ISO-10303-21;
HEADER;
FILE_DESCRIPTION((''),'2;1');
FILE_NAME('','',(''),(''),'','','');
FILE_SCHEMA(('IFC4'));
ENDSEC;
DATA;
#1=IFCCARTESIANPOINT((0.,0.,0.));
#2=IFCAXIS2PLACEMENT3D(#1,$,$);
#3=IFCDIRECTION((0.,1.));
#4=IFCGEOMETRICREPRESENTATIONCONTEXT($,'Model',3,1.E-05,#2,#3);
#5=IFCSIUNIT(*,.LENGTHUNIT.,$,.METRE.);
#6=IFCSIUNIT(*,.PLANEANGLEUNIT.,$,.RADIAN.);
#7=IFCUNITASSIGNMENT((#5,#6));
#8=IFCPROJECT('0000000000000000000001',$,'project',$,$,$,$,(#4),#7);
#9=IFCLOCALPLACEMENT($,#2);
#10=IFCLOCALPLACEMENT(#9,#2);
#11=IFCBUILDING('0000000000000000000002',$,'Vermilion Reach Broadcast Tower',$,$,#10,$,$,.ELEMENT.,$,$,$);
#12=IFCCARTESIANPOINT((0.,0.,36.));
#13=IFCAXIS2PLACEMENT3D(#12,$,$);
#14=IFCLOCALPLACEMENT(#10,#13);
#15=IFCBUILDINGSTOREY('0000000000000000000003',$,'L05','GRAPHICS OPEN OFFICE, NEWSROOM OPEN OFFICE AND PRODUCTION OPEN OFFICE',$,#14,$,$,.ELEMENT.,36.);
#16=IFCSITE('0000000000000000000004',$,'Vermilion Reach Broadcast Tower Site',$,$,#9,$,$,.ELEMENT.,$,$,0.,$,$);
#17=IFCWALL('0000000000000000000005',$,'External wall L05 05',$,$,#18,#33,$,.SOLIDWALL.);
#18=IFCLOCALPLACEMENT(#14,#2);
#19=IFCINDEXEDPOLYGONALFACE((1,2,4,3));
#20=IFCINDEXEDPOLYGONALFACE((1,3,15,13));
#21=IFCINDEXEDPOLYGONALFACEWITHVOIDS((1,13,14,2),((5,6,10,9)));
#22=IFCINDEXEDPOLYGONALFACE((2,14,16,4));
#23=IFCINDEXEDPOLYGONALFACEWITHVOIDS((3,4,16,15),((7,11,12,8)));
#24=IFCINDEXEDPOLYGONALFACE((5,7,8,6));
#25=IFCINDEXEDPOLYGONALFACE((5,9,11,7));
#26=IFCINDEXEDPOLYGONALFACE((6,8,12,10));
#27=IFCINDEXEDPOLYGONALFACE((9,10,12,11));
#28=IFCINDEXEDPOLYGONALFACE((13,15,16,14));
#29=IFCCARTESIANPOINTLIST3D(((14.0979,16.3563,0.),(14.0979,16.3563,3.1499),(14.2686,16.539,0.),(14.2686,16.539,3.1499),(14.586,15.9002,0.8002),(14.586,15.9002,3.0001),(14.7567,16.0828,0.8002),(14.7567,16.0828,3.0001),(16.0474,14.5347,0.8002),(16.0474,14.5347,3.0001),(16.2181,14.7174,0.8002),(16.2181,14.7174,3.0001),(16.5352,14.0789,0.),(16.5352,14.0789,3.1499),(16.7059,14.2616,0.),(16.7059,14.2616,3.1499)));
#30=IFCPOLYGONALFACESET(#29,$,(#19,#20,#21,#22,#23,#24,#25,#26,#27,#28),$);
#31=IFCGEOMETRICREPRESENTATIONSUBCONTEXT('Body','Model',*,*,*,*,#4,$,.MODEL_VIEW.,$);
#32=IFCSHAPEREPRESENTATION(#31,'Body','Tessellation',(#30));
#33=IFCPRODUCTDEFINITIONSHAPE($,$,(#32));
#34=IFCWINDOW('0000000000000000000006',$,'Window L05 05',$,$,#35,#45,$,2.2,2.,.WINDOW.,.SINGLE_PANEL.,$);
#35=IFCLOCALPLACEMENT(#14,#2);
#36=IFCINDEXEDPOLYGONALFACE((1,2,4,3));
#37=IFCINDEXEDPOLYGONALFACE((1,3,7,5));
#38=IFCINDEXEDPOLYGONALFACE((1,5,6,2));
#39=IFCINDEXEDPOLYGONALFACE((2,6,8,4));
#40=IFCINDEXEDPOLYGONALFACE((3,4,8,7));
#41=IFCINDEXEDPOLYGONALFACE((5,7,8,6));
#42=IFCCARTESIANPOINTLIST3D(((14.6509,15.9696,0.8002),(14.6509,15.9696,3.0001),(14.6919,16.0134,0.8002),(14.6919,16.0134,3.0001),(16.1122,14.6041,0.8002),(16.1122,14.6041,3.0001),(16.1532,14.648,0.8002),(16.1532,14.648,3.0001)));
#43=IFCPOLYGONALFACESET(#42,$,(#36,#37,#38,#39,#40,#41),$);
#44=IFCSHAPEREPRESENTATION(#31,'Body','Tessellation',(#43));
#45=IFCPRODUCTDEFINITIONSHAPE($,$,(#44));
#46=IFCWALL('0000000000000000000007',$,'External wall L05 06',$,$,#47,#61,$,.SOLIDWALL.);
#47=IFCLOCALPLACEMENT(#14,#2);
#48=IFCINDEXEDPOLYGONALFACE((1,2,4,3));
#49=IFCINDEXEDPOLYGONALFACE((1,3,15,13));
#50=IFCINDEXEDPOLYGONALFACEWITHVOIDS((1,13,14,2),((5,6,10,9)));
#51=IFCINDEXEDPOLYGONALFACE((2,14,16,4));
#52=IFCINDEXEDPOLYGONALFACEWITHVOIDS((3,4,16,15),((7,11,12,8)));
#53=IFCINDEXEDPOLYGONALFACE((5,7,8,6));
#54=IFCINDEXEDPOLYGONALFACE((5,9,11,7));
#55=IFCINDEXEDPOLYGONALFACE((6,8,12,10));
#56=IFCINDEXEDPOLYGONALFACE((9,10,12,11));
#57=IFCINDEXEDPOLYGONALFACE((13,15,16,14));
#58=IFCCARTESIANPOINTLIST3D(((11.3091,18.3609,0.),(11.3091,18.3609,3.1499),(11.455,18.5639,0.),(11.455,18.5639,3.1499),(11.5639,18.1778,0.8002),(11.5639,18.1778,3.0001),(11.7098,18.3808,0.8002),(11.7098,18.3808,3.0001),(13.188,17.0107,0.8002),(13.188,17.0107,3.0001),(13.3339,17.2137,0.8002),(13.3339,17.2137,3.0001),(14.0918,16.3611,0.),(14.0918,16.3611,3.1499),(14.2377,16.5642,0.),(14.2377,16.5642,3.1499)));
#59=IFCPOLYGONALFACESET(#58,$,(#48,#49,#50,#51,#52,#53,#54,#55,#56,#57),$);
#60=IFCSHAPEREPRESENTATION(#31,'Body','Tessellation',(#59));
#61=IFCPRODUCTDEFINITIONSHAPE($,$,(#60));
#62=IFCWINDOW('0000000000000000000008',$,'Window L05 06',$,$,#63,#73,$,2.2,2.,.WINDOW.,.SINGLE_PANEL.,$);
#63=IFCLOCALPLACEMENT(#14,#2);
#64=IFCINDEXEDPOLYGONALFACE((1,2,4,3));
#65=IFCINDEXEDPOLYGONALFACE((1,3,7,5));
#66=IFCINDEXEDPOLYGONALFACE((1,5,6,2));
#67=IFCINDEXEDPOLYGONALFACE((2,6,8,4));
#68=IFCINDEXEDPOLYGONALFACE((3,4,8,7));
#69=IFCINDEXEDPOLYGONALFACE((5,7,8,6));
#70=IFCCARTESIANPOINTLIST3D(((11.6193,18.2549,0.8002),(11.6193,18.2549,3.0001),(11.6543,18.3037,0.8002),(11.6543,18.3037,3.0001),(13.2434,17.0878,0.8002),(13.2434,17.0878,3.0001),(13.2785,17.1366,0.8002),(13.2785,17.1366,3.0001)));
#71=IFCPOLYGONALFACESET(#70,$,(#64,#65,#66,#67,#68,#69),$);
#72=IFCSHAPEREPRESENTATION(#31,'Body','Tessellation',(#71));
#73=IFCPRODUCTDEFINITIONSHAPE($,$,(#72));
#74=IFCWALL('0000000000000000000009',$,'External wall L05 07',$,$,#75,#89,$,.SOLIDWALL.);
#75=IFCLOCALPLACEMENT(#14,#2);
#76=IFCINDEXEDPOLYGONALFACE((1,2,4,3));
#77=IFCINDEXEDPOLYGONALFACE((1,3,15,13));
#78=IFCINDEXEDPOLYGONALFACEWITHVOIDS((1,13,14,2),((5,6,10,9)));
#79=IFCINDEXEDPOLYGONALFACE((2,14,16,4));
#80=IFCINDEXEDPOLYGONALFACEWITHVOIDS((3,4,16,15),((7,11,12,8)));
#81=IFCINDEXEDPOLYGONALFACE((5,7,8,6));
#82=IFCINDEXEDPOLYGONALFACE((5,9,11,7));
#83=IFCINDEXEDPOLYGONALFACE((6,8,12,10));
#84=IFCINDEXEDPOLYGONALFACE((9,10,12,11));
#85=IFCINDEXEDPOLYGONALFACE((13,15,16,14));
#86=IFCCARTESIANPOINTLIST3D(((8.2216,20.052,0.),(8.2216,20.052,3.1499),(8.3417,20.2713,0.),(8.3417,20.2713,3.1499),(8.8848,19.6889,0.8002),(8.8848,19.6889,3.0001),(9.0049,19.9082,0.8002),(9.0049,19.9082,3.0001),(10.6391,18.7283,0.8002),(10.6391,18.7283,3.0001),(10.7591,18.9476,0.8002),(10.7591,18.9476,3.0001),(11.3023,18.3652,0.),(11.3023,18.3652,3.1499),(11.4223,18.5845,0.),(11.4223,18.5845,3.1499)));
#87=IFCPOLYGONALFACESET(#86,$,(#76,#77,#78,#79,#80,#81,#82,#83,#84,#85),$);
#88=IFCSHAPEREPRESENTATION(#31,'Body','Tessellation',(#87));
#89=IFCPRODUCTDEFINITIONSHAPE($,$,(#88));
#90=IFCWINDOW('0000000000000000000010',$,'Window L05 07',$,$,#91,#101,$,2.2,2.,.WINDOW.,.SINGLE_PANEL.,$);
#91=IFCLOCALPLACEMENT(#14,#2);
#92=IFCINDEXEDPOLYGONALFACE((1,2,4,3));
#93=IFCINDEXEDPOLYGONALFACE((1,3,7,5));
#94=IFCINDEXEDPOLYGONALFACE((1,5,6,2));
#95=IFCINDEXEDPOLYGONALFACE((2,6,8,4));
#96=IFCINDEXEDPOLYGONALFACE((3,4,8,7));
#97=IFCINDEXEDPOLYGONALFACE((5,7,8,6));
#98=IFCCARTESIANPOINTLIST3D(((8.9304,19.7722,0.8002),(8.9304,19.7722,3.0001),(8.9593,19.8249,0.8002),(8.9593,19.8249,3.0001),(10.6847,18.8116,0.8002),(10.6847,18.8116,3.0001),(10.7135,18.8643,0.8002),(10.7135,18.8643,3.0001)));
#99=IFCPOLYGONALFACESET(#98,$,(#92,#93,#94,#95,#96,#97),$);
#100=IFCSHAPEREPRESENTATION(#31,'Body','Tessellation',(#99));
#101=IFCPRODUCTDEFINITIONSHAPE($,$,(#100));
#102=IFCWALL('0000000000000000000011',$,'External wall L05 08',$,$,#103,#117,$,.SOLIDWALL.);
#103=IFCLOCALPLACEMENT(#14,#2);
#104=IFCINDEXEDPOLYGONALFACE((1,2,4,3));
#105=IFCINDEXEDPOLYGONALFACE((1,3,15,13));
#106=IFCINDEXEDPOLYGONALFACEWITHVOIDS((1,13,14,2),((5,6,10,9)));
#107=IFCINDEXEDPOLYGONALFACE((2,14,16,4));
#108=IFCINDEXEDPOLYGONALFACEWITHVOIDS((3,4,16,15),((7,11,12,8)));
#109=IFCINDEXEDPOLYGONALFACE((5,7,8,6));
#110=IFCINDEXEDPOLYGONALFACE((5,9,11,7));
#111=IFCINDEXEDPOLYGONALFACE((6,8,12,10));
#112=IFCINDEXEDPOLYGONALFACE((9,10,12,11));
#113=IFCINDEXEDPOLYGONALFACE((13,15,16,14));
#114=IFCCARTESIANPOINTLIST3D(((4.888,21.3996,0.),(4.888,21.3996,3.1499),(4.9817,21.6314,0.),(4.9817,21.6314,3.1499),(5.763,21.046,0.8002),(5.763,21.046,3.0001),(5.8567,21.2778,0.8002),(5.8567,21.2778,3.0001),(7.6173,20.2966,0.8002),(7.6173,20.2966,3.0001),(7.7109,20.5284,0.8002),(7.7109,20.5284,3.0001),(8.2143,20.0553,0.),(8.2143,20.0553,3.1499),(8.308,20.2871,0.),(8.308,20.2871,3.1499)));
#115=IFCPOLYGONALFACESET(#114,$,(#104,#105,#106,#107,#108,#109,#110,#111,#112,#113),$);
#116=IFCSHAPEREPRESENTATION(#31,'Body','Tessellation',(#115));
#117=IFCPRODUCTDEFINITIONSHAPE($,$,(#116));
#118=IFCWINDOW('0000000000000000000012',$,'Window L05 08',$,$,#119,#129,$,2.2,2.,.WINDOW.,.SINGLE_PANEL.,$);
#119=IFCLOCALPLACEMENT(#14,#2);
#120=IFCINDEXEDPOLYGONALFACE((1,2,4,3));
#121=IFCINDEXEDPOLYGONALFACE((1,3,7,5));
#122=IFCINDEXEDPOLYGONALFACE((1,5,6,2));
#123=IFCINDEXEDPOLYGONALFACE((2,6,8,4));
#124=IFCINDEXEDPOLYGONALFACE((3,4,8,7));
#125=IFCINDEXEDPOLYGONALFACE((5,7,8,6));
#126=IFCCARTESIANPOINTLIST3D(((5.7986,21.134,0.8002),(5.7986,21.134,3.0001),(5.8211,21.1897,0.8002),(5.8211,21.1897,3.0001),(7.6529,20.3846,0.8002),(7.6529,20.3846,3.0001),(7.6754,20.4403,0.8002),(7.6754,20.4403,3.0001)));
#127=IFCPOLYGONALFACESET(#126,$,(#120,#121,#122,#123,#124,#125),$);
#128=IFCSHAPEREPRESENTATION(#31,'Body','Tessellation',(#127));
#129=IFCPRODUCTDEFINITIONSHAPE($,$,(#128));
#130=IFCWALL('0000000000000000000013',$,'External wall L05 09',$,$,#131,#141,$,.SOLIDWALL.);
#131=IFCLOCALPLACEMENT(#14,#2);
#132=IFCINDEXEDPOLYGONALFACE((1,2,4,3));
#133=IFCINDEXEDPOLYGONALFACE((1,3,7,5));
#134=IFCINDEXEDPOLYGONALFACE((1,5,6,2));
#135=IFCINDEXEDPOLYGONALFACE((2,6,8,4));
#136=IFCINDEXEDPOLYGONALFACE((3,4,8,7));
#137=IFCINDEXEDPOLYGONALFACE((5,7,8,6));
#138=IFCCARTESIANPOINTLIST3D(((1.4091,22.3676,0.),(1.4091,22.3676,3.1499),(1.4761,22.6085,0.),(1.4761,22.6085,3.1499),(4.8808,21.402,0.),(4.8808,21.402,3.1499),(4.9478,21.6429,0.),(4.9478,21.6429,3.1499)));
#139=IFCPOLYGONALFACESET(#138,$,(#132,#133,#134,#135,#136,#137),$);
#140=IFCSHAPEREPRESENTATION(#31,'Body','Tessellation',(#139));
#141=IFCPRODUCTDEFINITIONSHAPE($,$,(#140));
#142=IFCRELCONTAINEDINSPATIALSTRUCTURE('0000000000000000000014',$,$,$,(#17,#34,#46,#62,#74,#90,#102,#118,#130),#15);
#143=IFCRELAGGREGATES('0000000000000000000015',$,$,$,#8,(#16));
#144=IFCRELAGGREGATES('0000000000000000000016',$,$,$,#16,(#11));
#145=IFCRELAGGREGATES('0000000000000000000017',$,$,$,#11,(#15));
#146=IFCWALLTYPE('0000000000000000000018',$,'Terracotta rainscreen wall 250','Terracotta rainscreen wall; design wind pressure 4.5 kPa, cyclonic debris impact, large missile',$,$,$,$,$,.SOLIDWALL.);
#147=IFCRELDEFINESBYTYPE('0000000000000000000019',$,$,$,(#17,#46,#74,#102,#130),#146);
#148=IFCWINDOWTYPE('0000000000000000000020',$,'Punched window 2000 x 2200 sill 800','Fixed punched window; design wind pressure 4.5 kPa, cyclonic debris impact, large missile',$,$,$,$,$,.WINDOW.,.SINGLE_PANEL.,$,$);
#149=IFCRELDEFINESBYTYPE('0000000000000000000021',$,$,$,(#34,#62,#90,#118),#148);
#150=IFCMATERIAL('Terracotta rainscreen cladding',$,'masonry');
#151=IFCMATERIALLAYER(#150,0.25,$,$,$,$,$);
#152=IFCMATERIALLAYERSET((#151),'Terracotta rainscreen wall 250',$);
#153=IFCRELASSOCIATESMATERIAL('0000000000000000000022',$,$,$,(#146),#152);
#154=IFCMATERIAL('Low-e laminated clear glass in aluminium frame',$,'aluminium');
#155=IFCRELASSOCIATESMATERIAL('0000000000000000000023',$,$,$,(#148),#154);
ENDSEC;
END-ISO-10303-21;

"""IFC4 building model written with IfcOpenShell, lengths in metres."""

from ifc_helpers import new_model, si_unit, direction, frame, frame_2d, origin, place, context, subcontext, project, spatial, rectangle, extrude, material, layer, layer_set, type_object, element, fill, save


model = new_model("IFC4")

# Units and contexts
model_context = context("Model", 3, precision=1e-05, world=origin(), true_north=direction((0.0, 1.0)))
body_context = subcontext(model_context, "Body", "Model", "MODEL_VIEW")
ifc_project = project(units=[si_unit("LENGTHUNIT", "METRE"), si_unit("PLANEANGLEUNIT", "RADIAN")], contexts=[model_context])

# Site, building, storey
site_placement = place(None, origin())
site = spatial("IfcSite", under=ifc_project, at=site_placement, Name="Vermilion Reach Broadcast Tower Site", CompositionType="ELEMENT", RefElevation=0.0)
building_placement = place(site_placement, origin())
building = spatial("IfcBuilding", under=site, at=building_placement, Name="Vermilion Reach Broadcast Tower", CompositionType="ELEMENT")
storey_placement = place(building_placement, frame((0.0, 0.0, 36.0)))
storey = spatial("IfcBuildingStorey", under=building, at=storey_placement, Name="L05", Description="GRAPHICS OPEN OFFICE, NEWSROOM OPEN OFFICE AND PRODUCTION OPEN OFFICE", CompositionType="ELEMENT", Elevation=36.0)

# Walls, openings, windows
ifc_material_1 = material(Name="Terracotta rainscreen cladding", Category="masonry")
ifc_layer_1 = layer(ifc_material_1, 0.25)
ifc_layer_set_1 = layer_set([ifc_layer_1], Name="Terracotta rainscreen wall 250")
wall_type_1 = type_object("IfcWallType", Name="Terracotta rainscreen wall 250", Description="Terracotta rainscreen wall; design wind pressure 4.5 kPa, cyclonic debris impact, large missile", PredefinedType="SOLIDWALL", material=ifc_layer_set_1)
ifc_material_2 = material(Name="Low-e laminated clear glass in aluminium frame", Category="aluminium")
window_type = type_object("IfcWindowType", Name="Punched window 2000 x 2200 sill 800", Description="Fixed punched window; design wind pressure 4.5 kPa, cyclonic debris impact, large missile", PartitioningType="SINGLE_PANEL", PredefinedType="WINDOW", material=ifc_material_2)
wall_1_placement = place(storey_placement, frame((16.6206, 14.1702, 0.0), z_axis=(0.0, 0.0, 1.0), x_axis=(-0.730671, 0.68273, 0.0)))
wall_1 = element("IfcWall", 1, at=wall_1_placement, inside=storey, type_object=wall_type_1, Name="External wall L05 05", PredefinedType="SOLIDWALL", context=body_context, shape_type="SweptSolid", body=[
    extrude(rectangle(XDim=3.3357, YDim=0.25, at=frame_2d((1.668, 0.0))), origin(), (0.0, 0.0, 1.0), 3.1499),
])
opening_1_placement = place(wall_1_placement, frame((0.6677, 0.0, 0.8)))
opening_1 = element("IfcOpeningElement", 2, at=opening_1_placement, cuts=wall_1, PredefinedType="OPENING", context=body_context, shape_type="SweptSolid", body=[
    extrude(rectangle(XDim=2.0, YDim=2.2, at=frame_2d((1.0, 1.1001))), frame((0.0, 0.135, 0.0), z_axis=(0.0, -1.0, 0.0), x_axis=(1.0, 0.0, 0.0)), (0.0, 0.0, 1.0), 0.27),
])
window_1_placement = place(opening_1_placement, origin())
window_1 = element("IfcWindow", 3, at=window_1_placement, inside=storey, type_object=window_type, Name="Window L05 05", OverallHeight=2.2, OverallWidth=2.0, PartitioningType="SINGLE_PANEL", PredefinedType="WINDOW", context=body_context, shape_type="SweptSolid", body=[
    extrude(rectangle(XDim=2.0, YDim=2.2, at=frame_2d((1.0, 1.1001))), frame((0.0, 0.03, 0.0), z_axis=(0.0, -1.0, 0.0), x_axis=(1.0, 0.0, 0.0)), (0.0, 0.0, 1.0), 0.0601),
])
fill(opening_1, window_1)
wall_2_placement = place(storey_placement, frame((14.1648, 16.4626, 0.0), z_axis=(0.0, 0.0, 1.0), x_axis=(-0.81206, 0.583574, 0.0)))
wall_2 = element("IfcWall", 4, at=wall_2_placement, inside=storey, type_object=wall_type_1, Name="External wall L05 06", PredefinedType="SOLIDWALL", context=body_context, shape_type="SweptSolid", body=[
    extrude(rectangle(XDim=3.4268, YDim=0.25, at=frame_2d((1.7134, 0.0))), origin(), (0.0, 0.0, 1.0), 3.1499),
])
opening_2_placement = place(wall_2_placement, frame((1.113, 0.0, 0.8)))
opening_2 = element("IfcOpeningElement", 5, at=opening_2_placement, cuts=wall_2, PredefinedType="OPENING", context=body_context, shape_type="SweptSolid", body=[
    extrude(rectangle(XDim=2.0, YDim=2.2, at=frame_2d((1.0, 1.1001))), frame((0.0, 0.135, 0.0), z_axis=(0.0, -1.0, 0.0), x_axis=(1.0, 0.0, 0.0)), (0.0, 0.0, 1.0), 0.27),
])
window_2_placement = place(opening_2_placement, origin())
window_2 = element("IfcWindow", 6, at=window_2_placement, inside=storey, type_object=window_type, Name="Window L05 06", OverallHeight=2.2, OverallWidth=2.0, PartitioningType="SINGLE_PANEL", PredefinedType="WINDOW", context=body_context, shape_type="SweptSolid", body=[
    extrude(rectangle(XDim=2.0, YDim=2.2, at=frame_2d((1.0, 1.1001))), frame((0.0, 0.03, 0.0), z_axis=(0.0, -1.0, 0.0), x_axis=(1.0, 0.0, 0.0)), (0.0, 0.0, 1.0), 0.0601),
])
fill(opening_2, window_2)
wall_3_placement = place(storey_placement, frame((11.3623, 18.4749, 0.0), z_axis=(0.0, 0.0, 1.0), x_axis=(-0.877121, 0.480269, 0.0)))
wall_3 = element("IfcWall", 7, at=wall_3_placement, inside=storey, type_object=wall_type_1, Name="External wall L05 07", PredefinedType="SOLIDWALL", context=body_context, shape_type="SweptSolid", body=[
    extrude(rectangle(XDim=3.5122, YDim=0.25, at=frame_2d((1.7561, 0.0))), origin(), (0.0, 0.0, 1.0), 3.1499),
])
opening_3_placement = place(wall_3_placement, frame((0.7561, 0.0, 0.8)))
opening_3 = element("IfcOpeningElement", 8, at=opening_3_placement, cuts=wall_3, PredefinedType="OPENING", context=body_context, shape_type="SweptSolid", body=[
    extrude(rectangle(XDim=2.0, YDim=2.2, at=frame_2d((1.0, 1.1001))), frame((0.0, 0.135, 0.0), z_axis=(0.0, -1.0, 0.0), x_axis=(1.0, 0.0, 0.0)), (0.0, 0.0, 1.0), 0.27),
])
window_3_placement = place(opening_3_placement, origin())
window_3 = element("IfcWindow", 9, at=window_3_placement, inside=storey, type_object=window_type, Name="Window L05 07", OverallHeight=2.2, OverallWidth=2.0, PartitioningType="SINGLE_PANEL", PredefinedType="WINDOW", context=body_context, shape_type="SweptSolid", body=[
    extrude(rectangle(XDim=2.0, YDim=2.2, at=frame_2d((1.0, 1.1001))), frame((0.0, 0.03, 0.0), z_axis=(0.0, -1.0, 0.0), x_axis=(1.0, 0.0, 0.0)), (0.0, 0.0, 1.0), 0.0601),
])
fill(opening_3, window_3)
wall_4_placement = place(storey_placement, frame((8.2612, 20.1711, 0.0), z_axis=(0.0, 0.0, 1.0), x_axis=(-0.927147, 0.374697, 0.0)))
wall_4 = element("IfcWall", 10, at=wall_4_placement, inside=storey, type_object=wall_type_1, Name="External wall L05 08", PredefinedType="SOLIDWALL", context=body_context, shape_type="SweptSolid", body=[
    extrude(rectangle(XDim=3.5876, YDim=0.25, at=frame_2d((1.7939, 0.0))), origin(), (0.0, 0.0, 1.0), 3.1499),
])
opening_4_placement = place(wall_4_placement, frame((0.644, 0.0, 0.8)))
opening_4 = element("IfcOpeningElement", 11, at=opening_4_placement, cuts=wall_4, PredefinedType="OPENING", context=body_context, shape_type="SweptSolid", body=[
    extrude(rectangle(XDim=2.0, YDim=2.2, at=frame_2d((1.0, 1.1001))), frame((0.0, 0.135, 0.0), z_axis=(0.0, -1.0, 0.0), x_axis=(1.0, 0.0, 0.0)), (0.0, 0.0, 1.0), 0.27),
])
window_4_placement = place(opening_4_placement, origin())
window_4 = element("IfcWindow", 12, at=window_4_placement, inside=storey, type_object=window_type, Name="Window L05 08", OverallHeight=2.2, OverallWidth=2.0, PartitioningType="SINGLE_PANEL", PredefinedType="WINDOW", context=body_context, shape_type="SweptSolid", body=[
    extrude(rectangle(XDim=2.0, YDim=2.2, at=frame_2d((1.0, 1.1001))), frame((0.0, 0.03, 0.0), z_axis=(0.0, -1.0, 0.0), x_axis=(1.0, 0.0, 0.0)), (0.0, 0.0, 1.0), 0.0601),
])
fill(opening_4, window_4)

# Wall
wall_5_placement = place(storey_placement, frame((4.9143, 21.5225, 0.0), z_axis=(0.0, 0.0, 1.0), x_axis=(-0.96343, 0.267958, 0.0)))
element("IfcWall", 13, at=wall_5_placement, inside=storey, type_object=wall_type_1, Name="External wall L05 09", PredefinedType="SOLIDWALL", context=body_context, shape_type="SweptSolid", body=[
    extrude(rectangle(XDim=3.6035, YDim=0.25, at=frame_2d((1.8018, 0.0))), origin(), (0.0, 0.0, 1.0), 3.1499),
])

save(model, "model.ifc")
